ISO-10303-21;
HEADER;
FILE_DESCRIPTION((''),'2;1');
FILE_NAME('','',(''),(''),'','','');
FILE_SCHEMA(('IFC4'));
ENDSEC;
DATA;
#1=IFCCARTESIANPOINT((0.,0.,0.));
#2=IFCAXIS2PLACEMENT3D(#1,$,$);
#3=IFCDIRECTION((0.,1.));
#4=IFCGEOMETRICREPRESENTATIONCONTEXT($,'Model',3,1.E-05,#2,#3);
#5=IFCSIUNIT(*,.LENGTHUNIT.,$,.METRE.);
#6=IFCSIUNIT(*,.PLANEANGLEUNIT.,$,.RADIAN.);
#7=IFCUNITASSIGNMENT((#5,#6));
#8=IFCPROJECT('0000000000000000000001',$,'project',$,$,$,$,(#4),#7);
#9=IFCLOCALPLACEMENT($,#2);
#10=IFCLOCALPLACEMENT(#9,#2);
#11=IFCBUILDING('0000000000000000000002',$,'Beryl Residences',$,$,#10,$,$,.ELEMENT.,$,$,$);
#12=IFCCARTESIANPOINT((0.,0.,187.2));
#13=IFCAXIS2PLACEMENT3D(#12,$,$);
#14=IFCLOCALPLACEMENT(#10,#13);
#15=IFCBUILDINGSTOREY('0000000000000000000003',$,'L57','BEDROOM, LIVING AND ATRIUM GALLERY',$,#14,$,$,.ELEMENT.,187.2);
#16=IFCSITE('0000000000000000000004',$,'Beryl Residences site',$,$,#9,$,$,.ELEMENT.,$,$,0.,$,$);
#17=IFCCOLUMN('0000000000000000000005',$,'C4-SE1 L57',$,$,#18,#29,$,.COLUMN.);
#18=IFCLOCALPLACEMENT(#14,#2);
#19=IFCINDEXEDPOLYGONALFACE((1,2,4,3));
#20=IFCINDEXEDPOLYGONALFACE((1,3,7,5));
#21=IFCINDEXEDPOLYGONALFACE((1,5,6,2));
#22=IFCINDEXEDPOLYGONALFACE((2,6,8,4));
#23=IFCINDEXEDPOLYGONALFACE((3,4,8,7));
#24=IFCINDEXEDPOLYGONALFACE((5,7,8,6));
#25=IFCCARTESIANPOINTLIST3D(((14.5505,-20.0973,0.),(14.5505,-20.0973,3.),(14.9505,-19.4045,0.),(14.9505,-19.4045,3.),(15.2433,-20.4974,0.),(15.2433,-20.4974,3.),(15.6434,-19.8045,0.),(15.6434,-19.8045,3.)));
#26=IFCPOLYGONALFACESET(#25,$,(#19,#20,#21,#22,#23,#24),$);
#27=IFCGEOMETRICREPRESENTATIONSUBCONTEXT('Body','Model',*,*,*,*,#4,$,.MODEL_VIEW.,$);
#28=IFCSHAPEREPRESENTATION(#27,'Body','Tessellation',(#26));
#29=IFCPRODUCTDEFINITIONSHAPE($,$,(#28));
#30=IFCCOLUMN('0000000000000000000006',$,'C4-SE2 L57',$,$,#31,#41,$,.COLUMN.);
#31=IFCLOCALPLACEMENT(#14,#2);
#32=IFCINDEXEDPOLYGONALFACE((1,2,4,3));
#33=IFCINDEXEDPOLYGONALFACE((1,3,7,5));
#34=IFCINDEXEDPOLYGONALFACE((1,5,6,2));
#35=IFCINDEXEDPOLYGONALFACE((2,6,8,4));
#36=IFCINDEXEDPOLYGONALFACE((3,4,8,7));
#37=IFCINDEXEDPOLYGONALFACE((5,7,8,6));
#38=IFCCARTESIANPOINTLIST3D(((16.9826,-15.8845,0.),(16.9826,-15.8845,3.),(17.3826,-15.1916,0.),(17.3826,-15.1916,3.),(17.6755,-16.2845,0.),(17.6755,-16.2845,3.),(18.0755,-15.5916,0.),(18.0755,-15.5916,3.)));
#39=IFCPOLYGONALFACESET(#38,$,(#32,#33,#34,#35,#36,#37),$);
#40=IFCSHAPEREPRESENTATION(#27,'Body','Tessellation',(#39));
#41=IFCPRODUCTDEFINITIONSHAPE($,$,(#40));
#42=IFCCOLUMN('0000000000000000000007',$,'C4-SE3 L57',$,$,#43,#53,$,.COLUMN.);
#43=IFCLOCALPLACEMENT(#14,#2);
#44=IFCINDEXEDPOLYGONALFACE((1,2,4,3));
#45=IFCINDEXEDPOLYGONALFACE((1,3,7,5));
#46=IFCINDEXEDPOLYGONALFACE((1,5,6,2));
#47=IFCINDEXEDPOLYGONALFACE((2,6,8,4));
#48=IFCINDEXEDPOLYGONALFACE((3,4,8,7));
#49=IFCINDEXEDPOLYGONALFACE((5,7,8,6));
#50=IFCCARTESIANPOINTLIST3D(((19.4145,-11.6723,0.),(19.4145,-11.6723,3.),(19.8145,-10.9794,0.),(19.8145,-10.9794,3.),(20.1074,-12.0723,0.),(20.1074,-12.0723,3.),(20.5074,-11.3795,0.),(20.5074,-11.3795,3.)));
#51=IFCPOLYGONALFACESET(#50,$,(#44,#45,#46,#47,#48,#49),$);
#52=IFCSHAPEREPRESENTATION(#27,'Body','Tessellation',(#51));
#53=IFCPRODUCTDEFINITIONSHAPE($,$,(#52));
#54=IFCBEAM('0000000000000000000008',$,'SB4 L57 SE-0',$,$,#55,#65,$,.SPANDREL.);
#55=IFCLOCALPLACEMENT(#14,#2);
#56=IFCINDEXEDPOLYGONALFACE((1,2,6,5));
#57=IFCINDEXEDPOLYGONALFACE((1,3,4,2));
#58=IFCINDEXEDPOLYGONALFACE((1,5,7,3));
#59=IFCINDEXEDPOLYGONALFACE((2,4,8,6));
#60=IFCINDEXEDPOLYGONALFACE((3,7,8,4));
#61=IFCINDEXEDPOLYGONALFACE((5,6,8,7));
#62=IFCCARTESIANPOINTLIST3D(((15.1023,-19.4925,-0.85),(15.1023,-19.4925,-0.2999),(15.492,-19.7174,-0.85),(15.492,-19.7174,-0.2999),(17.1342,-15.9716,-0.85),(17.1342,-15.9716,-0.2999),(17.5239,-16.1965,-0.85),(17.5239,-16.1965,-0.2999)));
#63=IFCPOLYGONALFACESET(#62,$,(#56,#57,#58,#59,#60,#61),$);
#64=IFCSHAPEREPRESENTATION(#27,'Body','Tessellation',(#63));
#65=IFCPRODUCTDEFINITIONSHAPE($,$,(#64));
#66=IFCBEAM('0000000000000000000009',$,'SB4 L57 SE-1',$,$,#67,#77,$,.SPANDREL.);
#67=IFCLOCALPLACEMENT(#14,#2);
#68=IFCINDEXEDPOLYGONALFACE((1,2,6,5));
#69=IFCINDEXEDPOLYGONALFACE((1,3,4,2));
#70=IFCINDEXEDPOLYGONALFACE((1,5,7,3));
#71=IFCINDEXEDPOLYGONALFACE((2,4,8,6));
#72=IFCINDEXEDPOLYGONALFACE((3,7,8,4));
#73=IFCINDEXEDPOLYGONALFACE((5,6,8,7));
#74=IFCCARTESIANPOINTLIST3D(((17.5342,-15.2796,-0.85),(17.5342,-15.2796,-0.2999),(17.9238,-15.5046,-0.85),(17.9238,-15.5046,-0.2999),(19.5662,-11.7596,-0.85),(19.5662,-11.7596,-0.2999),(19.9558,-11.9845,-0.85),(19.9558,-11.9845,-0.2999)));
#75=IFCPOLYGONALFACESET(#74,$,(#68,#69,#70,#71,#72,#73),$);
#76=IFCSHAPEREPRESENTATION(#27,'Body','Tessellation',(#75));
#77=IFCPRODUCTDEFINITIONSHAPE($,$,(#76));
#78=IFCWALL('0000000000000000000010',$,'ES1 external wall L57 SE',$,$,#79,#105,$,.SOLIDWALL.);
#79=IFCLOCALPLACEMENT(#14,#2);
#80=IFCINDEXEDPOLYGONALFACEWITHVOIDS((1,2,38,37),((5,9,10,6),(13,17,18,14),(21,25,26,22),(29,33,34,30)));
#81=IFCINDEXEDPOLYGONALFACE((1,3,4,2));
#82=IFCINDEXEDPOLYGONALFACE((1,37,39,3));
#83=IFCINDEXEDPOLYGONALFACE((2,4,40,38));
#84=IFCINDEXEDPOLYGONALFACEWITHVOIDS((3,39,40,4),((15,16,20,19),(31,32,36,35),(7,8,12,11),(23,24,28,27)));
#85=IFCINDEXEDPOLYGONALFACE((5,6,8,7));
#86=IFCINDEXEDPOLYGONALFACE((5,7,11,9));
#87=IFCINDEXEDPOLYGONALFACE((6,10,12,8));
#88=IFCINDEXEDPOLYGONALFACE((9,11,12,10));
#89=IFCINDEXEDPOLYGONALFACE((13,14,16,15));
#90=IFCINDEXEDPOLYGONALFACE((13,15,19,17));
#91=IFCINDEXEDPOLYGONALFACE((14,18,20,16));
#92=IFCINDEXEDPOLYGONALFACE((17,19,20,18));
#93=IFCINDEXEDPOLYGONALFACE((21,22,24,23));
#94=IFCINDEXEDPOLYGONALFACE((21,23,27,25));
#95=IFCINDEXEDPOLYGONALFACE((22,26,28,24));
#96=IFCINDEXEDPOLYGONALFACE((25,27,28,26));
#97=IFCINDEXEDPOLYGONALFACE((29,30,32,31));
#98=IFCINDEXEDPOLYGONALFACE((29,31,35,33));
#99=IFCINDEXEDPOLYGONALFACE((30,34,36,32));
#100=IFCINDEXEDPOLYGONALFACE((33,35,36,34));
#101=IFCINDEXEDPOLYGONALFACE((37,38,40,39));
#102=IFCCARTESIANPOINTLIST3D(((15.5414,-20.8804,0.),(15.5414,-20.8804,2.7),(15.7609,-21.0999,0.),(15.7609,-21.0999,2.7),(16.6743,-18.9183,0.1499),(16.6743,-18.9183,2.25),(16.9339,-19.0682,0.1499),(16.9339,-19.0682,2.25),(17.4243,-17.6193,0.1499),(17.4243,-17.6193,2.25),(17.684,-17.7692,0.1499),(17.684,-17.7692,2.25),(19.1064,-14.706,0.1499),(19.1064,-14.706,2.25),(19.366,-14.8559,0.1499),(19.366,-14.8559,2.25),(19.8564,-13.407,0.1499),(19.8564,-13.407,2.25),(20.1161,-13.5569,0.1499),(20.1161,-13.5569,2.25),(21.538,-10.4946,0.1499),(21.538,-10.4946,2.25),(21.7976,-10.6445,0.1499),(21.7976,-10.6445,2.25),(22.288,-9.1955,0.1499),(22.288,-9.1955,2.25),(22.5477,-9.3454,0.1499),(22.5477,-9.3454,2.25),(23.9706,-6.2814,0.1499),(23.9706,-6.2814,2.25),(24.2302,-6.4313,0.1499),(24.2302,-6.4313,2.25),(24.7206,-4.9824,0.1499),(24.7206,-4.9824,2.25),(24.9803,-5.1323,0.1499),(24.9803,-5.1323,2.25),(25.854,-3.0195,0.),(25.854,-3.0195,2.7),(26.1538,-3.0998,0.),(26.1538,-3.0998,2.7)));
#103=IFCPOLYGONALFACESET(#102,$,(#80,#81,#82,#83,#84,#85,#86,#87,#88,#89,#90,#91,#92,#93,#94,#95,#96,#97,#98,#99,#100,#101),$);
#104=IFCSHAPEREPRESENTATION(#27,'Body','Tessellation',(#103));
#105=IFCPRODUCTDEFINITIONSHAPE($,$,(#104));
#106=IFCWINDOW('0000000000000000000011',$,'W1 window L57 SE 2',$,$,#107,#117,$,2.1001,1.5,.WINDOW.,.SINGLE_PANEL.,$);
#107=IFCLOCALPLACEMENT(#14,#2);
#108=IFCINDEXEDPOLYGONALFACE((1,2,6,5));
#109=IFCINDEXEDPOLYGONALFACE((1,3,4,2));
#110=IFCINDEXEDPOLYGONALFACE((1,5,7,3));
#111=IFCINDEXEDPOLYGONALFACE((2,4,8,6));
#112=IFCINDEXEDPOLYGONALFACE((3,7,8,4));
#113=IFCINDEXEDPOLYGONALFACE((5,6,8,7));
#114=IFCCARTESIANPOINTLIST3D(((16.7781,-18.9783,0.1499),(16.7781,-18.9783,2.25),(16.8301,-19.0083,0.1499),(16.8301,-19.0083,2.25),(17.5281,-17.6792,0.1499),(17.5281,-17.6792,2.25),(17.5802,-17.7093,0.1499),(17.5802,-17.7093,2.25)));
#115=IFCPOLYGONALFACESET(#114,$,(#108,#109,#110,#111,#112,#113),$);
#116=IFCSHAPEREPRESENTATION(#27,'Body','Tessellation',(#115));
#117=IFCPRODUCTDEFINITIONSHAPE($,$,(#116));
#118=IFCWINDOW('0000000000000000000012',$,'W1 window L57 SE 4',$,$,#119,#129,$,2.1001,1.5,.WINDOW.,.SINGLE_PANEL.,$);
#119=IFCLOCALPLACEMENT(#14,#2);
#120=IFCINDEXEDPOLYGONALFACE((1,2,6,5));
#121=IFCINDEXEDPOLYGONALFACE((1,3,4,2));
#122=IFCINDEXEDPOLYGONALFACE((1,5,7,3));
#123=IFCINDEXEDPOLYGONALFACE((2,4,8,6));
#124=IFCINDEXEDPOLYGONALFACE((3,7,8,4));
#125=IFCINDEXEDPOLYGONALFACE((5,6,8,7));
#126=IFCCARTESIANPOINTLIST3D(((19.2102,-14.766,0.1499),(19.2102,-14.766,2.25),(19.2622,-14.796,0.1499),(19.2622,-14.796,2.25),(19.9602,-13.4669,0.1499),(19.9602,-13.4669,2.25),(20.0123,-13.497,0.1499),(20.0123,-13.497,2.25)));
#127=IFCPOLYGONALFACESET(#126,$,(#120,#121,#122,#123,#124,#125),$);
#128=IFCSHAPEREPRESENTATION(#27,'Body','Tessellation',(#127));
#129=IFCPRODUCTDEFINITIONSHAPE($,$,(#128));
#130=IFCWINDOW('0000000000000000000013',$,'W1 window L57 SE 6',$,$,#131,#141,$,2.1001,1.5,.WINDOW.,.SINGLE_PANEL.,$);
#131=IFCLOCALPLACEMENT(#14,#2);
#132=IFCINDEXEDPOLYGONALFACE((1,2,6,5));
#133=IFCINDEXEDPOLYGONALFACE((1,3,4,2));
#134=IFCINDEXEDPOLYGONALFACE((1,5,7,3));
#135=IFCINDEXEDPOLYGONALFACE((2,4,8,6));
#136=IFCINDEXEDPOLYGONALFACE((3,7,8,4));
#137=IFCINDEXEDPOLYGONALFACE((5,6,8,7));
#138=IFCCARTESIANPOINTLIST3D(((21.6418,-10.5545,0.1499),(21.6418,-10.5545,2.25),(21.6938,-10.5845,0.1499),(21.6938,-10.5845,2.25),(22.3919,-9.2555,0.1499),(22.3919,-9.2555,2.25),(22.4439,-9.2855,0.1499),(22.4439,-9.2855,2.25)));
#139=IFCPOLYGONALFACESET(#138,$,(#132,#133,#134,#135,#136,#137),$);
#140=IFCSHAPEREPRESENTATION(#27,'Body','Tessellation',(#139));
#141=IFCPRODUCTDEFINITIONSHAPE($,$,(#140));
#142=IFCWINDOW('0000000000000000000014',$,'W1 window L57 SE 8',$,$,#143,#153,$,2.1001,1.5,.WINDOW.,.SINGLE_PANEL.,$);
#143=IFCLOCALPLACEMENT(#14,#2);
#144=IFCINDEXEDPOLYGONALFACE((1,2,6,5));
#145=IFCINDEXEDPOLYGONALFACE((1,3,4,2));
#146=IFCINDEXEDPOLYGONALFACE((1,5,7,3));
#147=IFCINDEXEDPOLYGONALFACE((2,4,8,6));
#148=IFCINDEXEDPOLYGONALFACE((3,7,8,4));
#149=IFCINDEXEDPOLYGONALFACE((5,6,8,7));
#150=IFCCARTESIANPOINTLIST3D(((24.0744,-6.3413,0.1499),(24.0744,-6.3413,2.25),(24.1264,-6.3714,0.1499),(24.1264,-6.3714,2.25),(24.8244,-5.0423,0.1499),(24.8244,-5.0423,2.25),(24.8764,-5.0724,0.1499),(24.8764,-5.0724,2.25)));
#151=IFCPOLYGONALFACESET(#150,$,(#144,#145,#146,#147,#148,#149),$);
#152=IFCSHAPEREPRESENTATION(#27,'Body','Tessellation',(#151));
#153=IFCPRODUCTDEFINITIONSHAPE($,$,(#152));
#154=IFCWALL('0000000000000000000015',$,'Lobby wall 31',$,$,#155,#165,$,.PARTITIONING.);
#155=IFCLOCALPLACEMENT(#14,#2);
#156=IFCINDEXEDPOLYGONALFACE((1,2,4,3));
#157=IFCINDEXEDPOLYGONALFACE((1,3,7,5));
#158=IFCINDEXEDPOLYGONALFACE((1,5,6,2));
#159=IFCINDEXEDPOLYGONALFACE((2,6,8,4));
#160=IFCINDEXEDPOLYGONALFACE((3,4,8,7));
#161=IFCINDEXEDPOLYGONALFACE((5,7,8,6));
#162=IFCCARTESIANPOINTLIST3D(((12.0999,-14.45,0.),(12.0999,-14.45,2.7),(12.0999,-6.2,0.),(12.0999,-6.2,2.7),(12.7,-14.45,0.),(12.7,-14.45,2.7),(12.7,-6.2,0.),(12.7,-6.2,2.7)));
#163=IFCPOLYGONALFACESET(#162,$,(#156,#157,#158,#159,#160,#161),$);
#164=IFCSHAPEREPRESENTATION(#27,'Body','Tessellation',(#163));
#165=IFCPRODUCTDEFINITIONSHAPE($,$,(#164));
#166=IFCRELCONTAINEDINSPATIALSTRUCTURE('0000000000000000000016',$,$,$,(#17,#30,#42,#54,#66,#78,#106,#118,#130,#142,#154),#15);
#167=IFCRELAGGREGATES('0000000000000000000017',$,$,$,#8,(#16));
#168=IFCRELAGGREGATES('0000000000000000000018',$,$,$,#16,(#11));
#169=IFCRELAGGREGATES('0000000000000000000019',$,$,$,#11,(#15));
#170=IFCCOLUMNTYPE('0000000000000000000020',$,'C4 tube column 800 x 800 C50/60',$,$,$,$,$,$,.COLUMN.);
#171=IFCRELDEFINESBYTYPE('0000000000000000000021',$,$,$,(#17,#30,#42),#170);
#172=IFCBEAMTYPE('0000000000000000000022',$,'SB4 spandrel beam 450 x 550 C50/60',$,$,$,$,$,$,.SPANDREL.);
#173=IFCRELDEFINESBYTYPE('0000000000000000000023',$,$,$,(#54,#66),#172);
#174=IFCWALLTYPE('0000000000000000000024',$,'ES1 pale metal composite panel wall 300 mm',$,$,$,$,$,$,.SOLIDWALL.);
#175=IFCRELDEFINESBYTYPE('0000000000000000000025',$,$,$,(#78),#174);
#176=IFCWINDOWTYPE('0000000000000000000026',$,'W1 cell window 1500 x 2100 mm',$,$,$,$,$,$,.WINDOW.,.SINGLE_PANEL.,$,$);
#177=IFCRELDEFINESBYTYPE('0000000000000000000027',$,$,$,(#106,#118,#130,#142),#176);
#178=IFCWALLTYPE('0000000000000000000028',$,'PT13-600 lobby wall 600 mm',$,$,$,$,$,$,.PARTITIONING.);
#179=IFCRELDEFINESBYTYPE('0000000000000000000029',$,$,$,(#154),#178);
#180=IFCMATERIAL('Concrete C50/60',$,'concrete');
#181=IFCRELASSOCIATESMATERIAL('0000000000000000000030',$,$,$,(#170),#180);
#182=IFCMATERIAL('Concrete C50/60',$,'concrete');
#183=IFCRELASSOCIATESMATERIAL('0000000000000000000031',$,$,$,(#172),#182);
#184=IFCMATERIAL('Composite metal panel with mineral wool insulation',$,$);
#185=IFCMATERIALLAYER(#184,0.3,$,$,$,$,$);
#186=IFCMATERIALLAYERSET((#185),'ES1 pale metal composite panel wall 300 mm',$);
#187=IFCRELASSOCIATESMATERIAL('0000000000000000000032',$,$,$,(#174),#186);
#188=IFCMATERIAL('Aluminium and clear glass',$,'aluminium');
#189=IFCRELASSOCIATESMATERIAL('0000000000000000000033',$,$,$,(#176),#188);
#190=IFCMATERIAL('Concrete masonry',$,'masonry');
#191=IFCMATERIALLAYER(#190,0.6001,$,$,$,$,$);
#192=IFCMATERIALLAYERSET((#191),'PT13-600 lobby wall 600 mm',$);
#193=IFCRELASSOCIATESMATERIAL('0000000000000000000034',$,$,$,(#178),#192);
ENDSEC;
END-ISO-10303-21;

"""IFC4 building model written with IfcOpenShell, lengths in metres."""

from ifc_helpers import new_model, si_unit, direction, frame, frame_2d, origin, origin_2d, place, context, subcontext, project, spatial, polyline, rectangle, outline, extrude, material, layer, layer_set, material_profile, profile_set, type_object, element, fill, save


model = new_model("IFC4")

# Units and contexts
model_context = context("Model", 3, precision=1e-05, world=origin(), true_north=direction((0.0, 1.0)))
body_context = subcontext(model_context, "Body", "Model", "MODEL_VIEW")
ifc_project = project(units=[si_unit("LENGTHUNIT", "METRE"), si_unit("PLANEANGLEUNIT", "RADIAN")], contexts=[model_context])

# Site, building, storey
site_placement = place(None, origin())
site = spatial("IfcSite", under=ifc_project, at=site_placement, Name="Beryl Residences site", CompositionType="ELEMENT", RefElevation=0.0)
building_placement = place(site_placement, origin())
building = spatial("IfcBuilding", under=site, at=building_placement, Name="Beryl Residences", CompositionType="ELEMENT")
storey_placement = place(building_placement, frame((0.0, 0.0, 187.2)))
storey = spatial("IfcBuildingStorey", under=building, at=storey_placement, Name="L57", Description="BEDROOM, LIVING AND ATRIUM GALLERY", CompositionType="ELEMENT", Elevation=187.2)

# Columns
ifc_material_1 = material(Name="Concrete C50/60", Category="concrete")
ifc_material_profile_1 = material_profile(ifc_material_1, rectangle(XDim=0.8, YDim=0.8, at=origin_2d()))
ifc_profile_set_1 = profile_set([ifc_material_profile_1], Name="Concrete C50/60")
column_type = type_object("IfcColumnType", Name="C4 tube column 800 x 800 C50/60", PredefinedType="COLUMN", material=ifc_profile_set_1)
for number, where, z_axis, x_axis, name in (
    (1, (15.0969, -19.9509, 0.0), (0.0, 0.0, 1.0), (0.5, 0.866025, 0.0), "C4-SE1 L57"),
    (2, (17.5291, -15.738, 0.0), (0.0, 0.0, 1.0), (0.5, 0.866025, 0.0), "C4-SE2 L57"),
    (3, (19.9609, -11.5259, 0.0), (0.0, 0.0, 1.0), (0.5, 0.866025, 0.0), "C4-SE3 L57"),
):
    element("IfcColumn", number, at=place(storey_placement, frame(where, z_axis=z_axis, x_axis=x_axis)), inside=storey, type_object=column_type, Name=name, PredefinedType="COLUMN", context=body_context, shape_type="SweptSolid", body=[
        extrude(rectangle(XDim=0.8, YDim=0.8, at=origin_2d()), origin(), (0.0, 0.0, 1.0), 3.0),
    ])

# Beams
ifc_material_2 = material(Name="Concrete C50/60", Category="concrete")
ifc_material_profile_2 = material_profile(ifc_material_2, rectangle(XDim=0.45, YDim=0.55, at=origin_2d()))
ifc_profile_set_2 = profile_set([ifc_material_profile_2], Name="Concrete C50/60")
beam_type = type_object("IfcBeamType", Name="SB4 spandrel beam 450 x 550 C50/60", PredefinedType="SPANDREL", material=ifc_profile_set_2)
beam_1_placement = place(storey_placement, frame((15.2971, -19.605, -0.575), z_axis=(0.49984, 0.866118, 0.0), x_axis=(-0.866118, 0.49984, 0.0)))
element("IfcBeam", 4, at=beam_1_placement, inside=storey, type_object=beam_type, Name="SB4 L57 SE-0", PredefinedType="SPANDREL", context=body_context, shape_type="SweptSolid", body=[
    extrude(rectangle(XDim=0.45, YDim=0.55, at=origin_2d()), origin(), (0.0, 0.0, 1.0), 4.0652),
])
beam_2_placement = place(storey_placement, frame((17.729, -15.3921, -0.575), z_axis=(0.499944, 0.866058, 0.0), x_axis=(-0.866058, 0.499944, 0.0)))
element("IfcBeam", 5, at=beam_2_placement, inside=storey, type_object=beam_type, Name="SB4 L57 SE-1", PredefinedType="SPANDREL", context=body_context, shape_type="SweptSolid", body=[
    extrude(rectangle(XDim=0.45, YDim=0.55, at=origin_2d()), origin(), (0.0, 0.0, 1.0), 4.0645),
])

# Wall, openings, windows
ifc_material_3 = material(Name="Composite metal panel with mineral wool insulation")
ifc_layer_1 = layer(ifc_material_3, 0.3)
ifc_layer_set_1 = layer_set([ifc_layer_1], Name="ES1 pale metal composite panel wall 300 mm")
wall_type_1 = type_object("IfcWallType", Name="ES1 pale metal composite panel wall 300 mm", PredefinedType="SOLIDWALL", material=ifc_layer_set_1)
wall_1_placement = place(storey_placement, frame((15.6311, -21.0249, 0.0), z_axis=(0.0, 0.0, 1.0), x_axis=(0.500019, 0.866015, 0.0)))
wall_1 = element("IfcWall", 6, at=wall_1_placement, inside=storey, type_object=wall_type_1, Name="ES1 external wall L57 SE", PredefinedType="SOLIDWALL", context=body_context, shape_type="SweptSolid", body=[
    extrude(outline(polyline([(0.0, -0.1499), (20.7849, -0.1499), (20.7046, 0.1499), (0.0803, 0.1499), (0.0, -0.1499)])), origin(), (0.0, 0.0, 1.0), 2.7),
])
opening_1_placement = place(wall_1_placement, frame((2.3459, 0.0, 0.1499)))
opening_1 = element("IfcOpeningElement", 7, at=opening_1_placement, cuts=wall_1, PredefinedType="OPENING", context=body_context, shape_type="SweptSolid", body=[
    extrude(rectangle(XDim=1.5, YDim=2.1001, at=frame_2d((0.75, 1.05))), frame((0.0, 0.1599, 0.0), z_axis=(0.0, -1.0, 0.0), x_axis=(1.0, 0.0, 0.0)), (0.0, 0.0, 1.0), 0.3201),
])
opening_2_placement = place(wall_1_placement, frame((7.21, 0.0, 0.1499)))
opening_2 = element("IfcOpeningElement", 8, at=opening_2_placement, cuts=wall_1, PredefinedType="OPENING", context=body_context, shape_type="SweptSolid", body=[
    extrude(rectangle(XDim=1.5, YDim=2.1001, at=frame_2d((0.75, 1.05))), frame((0.0, 0.1599, 0.0), z_axis=(0.0, -1.0, 0.0), x_axis=(1.0, 0.0, 0.0)), (0.0, 0.0, 1.0), 0.3201),
])
opening_3_placement = place(wall_1_placement, frame((12.073, 0.0, 0.1499)))
opening_3 = element("IfcOpeningElement", 9, at=opening_3_placement, cuts=wall_1, PredefinedType="OPENING", context=body_context, shape_type="SweptSolid", body=[
    extrude(rectangle(XDim=1.5, YDim=2.1001, at=frame_2d((0.75, 1.05))), frame((0.0, 0.1599, 0.0), z_axis=(0.0, -1.0, 0.0), x_axis=(1.0, 0.0, 0.0)), (0.0, 0.0, 1.0), 0.3201),
])
opening_4_placement = place(wall_1_placement, frame((16.938, 0.0, 0.1499)))
opening_4 = element("IfcOpeningElement", 10, at=opening_4_placement, cuts=wall_1, PredefinedType="OPENING", context=body_context, shape_type="SweptSolid", body=[
    extrude(rectangle(XDim=1.5, YDim=2.1001, at=frame_2d((0.75, 1.05))), frame((0.0, 0.1599, 0.0), z_axis=(0.0, -1.0, 0.0), x_axis=(1.0, 0.0, 0.0)), (0.0, 0.0, 1.0), 0.3201),
])
ifc_material_4 = material(Name="Aluminium and clear glass", Category="aluminium")
window_type = type_object("IfcWindowType", Name="W1 cell window 1500 x 2100 mm", PartitioningType="SINGLE_PANEL", PredefinedType="WINDOW", material=ifc_material_4)
window_1_placement = place(opening_1_placement, origin())
window_1 = element("IfcWindow", 11, at=window_1_placement, inside=storey, type_object=window_type, Name="W1 window L57 SE 2", OverallHeight=2.1001, OverallWidth=1.5, PartitioningType="SINGLE_PANEL", PredefinedType="WINDOW", context=body_context, shape_type="SweptSolid", body=[
    extrude(rectangle(XDim=1.5, YDim=2.1001, at=frame_2d((0.75, 1.05))), frame((0.0, 0.03, 0.0), z_axis=(0.0, -1.0, 0.0), x_axis=(1.0, 0.0, 0.0)), (0.0, 0.0, 1.0), 0.0601),
])
fill(opening_1, window_1)
window_2_placement = place(opening_2_placement, origin())
window_2 = element("IfcWindow", 12, at=window_2_placement, inside=storey, type_object=window_type, Name="W1 window L57 SE 4", OverallHeight=2.1001, OverallWidth=1.5, PartitioningType="SINGLE_PANEL", PredefinedType="WINDOW", context=body_context, shape_type="SweptSolid", body=[
    extrude(rectangle(XDim=1.5, YDim=2.1001, at=frame_2d((0.75, 1.05))), frame((0.0, 0.03, 0.0), z_axis=(0.0, -1.0, 0.0), x_axis=(1.0, 0.0, 0.0)), (0.0, 0.0, 1.0), 0.0601),
])
fill(opening_2, window_2)
window_3_placement = place(opening_3_placement, origin())
window_3 = element("IfcWindow", 13, at=window_3_placement, inside=storey, type_object=window_type, Name="W1 window L57 SE 6", OverallHeight=2.1001, OverallWidth=1.5, PartitioningType="SINGLE_PANEL", PredefinedType="WINDOW", context=body_context, shape_type="SweptSolid", body=[
    extrude(rectangle(XDim=1.5, YDim=2.1001, at=frame_2d((0.75, 1.05))), frame((0.0, 0.03, 0.0), z_axis=(0.0, -1.0, 0.0), x_axis=(1.0, 0.0, 0.0)), (0.0, 0.0, 1.0), 0.0601),
])
fill(opening_3, window_3)
window_4_placement = place(opening_4_placement, origin())
window_4 = element("IfcWindow", 14, at=window_4_placement, inside=storey, type_object=window_type, Name="W1 window L57 SE 8", OverallHeight=2.1001, OverallWidth=1.5, PartitioningType="SINGLE_PANEL", PredefinedType="WINDOW", context=body_context, shape_type="SweptSolid", body=[
    extrude(rectangle(XDim=1.5, YDim=2.1001, at=frame_2d((0.75, 1.05))), frame((0.0, 0.03, 0.0), z_axis=(0.0, -1.0, 0.0), x_axis=(1.0, 0.0, 0.0)), (0.0, 0.0, 1.0), 0.0601),
])
fill(opening_4, window_4)

# Wall
ifc_material_5 = material(Name="Concrete masonry", Category="masonry")
ifc_layer_2 = layer(ifc_material_5, 0.6001)
ifc_layer_set_2 = layer_set([ifc_layer_2], Name="PT13-600 lobby wall 600 mm")
wall_type_2 = type_object("IfcWallType", Name="PT13-600 lobby wall 600 mm", PredefinedType="PARTITIONING", material=ifc_layer_set_2)
wall_2_placement = place(storey_placement, frame((12.3999, -14.45, 0.0), z_axis=(0.0, 0.0, 1.0), x_axis=(0.0, 1.0, 0.0)))
element("IfcWall", 15, at=wall_2_placement, inside=storey, type_object=wall_type_2, Name="Lobby wall 31", PredefinedType="PARTITIONING", context=body_context, shape_type="SweptSolid", body=[
    extrude(rectangle(XDim=8.25, YDim=0.6001, at=frame_2d((4.125, 0.0))), origin(), (0.0, 0.0, 1.0), 2.7),
])

save(model, "model.ifc")
